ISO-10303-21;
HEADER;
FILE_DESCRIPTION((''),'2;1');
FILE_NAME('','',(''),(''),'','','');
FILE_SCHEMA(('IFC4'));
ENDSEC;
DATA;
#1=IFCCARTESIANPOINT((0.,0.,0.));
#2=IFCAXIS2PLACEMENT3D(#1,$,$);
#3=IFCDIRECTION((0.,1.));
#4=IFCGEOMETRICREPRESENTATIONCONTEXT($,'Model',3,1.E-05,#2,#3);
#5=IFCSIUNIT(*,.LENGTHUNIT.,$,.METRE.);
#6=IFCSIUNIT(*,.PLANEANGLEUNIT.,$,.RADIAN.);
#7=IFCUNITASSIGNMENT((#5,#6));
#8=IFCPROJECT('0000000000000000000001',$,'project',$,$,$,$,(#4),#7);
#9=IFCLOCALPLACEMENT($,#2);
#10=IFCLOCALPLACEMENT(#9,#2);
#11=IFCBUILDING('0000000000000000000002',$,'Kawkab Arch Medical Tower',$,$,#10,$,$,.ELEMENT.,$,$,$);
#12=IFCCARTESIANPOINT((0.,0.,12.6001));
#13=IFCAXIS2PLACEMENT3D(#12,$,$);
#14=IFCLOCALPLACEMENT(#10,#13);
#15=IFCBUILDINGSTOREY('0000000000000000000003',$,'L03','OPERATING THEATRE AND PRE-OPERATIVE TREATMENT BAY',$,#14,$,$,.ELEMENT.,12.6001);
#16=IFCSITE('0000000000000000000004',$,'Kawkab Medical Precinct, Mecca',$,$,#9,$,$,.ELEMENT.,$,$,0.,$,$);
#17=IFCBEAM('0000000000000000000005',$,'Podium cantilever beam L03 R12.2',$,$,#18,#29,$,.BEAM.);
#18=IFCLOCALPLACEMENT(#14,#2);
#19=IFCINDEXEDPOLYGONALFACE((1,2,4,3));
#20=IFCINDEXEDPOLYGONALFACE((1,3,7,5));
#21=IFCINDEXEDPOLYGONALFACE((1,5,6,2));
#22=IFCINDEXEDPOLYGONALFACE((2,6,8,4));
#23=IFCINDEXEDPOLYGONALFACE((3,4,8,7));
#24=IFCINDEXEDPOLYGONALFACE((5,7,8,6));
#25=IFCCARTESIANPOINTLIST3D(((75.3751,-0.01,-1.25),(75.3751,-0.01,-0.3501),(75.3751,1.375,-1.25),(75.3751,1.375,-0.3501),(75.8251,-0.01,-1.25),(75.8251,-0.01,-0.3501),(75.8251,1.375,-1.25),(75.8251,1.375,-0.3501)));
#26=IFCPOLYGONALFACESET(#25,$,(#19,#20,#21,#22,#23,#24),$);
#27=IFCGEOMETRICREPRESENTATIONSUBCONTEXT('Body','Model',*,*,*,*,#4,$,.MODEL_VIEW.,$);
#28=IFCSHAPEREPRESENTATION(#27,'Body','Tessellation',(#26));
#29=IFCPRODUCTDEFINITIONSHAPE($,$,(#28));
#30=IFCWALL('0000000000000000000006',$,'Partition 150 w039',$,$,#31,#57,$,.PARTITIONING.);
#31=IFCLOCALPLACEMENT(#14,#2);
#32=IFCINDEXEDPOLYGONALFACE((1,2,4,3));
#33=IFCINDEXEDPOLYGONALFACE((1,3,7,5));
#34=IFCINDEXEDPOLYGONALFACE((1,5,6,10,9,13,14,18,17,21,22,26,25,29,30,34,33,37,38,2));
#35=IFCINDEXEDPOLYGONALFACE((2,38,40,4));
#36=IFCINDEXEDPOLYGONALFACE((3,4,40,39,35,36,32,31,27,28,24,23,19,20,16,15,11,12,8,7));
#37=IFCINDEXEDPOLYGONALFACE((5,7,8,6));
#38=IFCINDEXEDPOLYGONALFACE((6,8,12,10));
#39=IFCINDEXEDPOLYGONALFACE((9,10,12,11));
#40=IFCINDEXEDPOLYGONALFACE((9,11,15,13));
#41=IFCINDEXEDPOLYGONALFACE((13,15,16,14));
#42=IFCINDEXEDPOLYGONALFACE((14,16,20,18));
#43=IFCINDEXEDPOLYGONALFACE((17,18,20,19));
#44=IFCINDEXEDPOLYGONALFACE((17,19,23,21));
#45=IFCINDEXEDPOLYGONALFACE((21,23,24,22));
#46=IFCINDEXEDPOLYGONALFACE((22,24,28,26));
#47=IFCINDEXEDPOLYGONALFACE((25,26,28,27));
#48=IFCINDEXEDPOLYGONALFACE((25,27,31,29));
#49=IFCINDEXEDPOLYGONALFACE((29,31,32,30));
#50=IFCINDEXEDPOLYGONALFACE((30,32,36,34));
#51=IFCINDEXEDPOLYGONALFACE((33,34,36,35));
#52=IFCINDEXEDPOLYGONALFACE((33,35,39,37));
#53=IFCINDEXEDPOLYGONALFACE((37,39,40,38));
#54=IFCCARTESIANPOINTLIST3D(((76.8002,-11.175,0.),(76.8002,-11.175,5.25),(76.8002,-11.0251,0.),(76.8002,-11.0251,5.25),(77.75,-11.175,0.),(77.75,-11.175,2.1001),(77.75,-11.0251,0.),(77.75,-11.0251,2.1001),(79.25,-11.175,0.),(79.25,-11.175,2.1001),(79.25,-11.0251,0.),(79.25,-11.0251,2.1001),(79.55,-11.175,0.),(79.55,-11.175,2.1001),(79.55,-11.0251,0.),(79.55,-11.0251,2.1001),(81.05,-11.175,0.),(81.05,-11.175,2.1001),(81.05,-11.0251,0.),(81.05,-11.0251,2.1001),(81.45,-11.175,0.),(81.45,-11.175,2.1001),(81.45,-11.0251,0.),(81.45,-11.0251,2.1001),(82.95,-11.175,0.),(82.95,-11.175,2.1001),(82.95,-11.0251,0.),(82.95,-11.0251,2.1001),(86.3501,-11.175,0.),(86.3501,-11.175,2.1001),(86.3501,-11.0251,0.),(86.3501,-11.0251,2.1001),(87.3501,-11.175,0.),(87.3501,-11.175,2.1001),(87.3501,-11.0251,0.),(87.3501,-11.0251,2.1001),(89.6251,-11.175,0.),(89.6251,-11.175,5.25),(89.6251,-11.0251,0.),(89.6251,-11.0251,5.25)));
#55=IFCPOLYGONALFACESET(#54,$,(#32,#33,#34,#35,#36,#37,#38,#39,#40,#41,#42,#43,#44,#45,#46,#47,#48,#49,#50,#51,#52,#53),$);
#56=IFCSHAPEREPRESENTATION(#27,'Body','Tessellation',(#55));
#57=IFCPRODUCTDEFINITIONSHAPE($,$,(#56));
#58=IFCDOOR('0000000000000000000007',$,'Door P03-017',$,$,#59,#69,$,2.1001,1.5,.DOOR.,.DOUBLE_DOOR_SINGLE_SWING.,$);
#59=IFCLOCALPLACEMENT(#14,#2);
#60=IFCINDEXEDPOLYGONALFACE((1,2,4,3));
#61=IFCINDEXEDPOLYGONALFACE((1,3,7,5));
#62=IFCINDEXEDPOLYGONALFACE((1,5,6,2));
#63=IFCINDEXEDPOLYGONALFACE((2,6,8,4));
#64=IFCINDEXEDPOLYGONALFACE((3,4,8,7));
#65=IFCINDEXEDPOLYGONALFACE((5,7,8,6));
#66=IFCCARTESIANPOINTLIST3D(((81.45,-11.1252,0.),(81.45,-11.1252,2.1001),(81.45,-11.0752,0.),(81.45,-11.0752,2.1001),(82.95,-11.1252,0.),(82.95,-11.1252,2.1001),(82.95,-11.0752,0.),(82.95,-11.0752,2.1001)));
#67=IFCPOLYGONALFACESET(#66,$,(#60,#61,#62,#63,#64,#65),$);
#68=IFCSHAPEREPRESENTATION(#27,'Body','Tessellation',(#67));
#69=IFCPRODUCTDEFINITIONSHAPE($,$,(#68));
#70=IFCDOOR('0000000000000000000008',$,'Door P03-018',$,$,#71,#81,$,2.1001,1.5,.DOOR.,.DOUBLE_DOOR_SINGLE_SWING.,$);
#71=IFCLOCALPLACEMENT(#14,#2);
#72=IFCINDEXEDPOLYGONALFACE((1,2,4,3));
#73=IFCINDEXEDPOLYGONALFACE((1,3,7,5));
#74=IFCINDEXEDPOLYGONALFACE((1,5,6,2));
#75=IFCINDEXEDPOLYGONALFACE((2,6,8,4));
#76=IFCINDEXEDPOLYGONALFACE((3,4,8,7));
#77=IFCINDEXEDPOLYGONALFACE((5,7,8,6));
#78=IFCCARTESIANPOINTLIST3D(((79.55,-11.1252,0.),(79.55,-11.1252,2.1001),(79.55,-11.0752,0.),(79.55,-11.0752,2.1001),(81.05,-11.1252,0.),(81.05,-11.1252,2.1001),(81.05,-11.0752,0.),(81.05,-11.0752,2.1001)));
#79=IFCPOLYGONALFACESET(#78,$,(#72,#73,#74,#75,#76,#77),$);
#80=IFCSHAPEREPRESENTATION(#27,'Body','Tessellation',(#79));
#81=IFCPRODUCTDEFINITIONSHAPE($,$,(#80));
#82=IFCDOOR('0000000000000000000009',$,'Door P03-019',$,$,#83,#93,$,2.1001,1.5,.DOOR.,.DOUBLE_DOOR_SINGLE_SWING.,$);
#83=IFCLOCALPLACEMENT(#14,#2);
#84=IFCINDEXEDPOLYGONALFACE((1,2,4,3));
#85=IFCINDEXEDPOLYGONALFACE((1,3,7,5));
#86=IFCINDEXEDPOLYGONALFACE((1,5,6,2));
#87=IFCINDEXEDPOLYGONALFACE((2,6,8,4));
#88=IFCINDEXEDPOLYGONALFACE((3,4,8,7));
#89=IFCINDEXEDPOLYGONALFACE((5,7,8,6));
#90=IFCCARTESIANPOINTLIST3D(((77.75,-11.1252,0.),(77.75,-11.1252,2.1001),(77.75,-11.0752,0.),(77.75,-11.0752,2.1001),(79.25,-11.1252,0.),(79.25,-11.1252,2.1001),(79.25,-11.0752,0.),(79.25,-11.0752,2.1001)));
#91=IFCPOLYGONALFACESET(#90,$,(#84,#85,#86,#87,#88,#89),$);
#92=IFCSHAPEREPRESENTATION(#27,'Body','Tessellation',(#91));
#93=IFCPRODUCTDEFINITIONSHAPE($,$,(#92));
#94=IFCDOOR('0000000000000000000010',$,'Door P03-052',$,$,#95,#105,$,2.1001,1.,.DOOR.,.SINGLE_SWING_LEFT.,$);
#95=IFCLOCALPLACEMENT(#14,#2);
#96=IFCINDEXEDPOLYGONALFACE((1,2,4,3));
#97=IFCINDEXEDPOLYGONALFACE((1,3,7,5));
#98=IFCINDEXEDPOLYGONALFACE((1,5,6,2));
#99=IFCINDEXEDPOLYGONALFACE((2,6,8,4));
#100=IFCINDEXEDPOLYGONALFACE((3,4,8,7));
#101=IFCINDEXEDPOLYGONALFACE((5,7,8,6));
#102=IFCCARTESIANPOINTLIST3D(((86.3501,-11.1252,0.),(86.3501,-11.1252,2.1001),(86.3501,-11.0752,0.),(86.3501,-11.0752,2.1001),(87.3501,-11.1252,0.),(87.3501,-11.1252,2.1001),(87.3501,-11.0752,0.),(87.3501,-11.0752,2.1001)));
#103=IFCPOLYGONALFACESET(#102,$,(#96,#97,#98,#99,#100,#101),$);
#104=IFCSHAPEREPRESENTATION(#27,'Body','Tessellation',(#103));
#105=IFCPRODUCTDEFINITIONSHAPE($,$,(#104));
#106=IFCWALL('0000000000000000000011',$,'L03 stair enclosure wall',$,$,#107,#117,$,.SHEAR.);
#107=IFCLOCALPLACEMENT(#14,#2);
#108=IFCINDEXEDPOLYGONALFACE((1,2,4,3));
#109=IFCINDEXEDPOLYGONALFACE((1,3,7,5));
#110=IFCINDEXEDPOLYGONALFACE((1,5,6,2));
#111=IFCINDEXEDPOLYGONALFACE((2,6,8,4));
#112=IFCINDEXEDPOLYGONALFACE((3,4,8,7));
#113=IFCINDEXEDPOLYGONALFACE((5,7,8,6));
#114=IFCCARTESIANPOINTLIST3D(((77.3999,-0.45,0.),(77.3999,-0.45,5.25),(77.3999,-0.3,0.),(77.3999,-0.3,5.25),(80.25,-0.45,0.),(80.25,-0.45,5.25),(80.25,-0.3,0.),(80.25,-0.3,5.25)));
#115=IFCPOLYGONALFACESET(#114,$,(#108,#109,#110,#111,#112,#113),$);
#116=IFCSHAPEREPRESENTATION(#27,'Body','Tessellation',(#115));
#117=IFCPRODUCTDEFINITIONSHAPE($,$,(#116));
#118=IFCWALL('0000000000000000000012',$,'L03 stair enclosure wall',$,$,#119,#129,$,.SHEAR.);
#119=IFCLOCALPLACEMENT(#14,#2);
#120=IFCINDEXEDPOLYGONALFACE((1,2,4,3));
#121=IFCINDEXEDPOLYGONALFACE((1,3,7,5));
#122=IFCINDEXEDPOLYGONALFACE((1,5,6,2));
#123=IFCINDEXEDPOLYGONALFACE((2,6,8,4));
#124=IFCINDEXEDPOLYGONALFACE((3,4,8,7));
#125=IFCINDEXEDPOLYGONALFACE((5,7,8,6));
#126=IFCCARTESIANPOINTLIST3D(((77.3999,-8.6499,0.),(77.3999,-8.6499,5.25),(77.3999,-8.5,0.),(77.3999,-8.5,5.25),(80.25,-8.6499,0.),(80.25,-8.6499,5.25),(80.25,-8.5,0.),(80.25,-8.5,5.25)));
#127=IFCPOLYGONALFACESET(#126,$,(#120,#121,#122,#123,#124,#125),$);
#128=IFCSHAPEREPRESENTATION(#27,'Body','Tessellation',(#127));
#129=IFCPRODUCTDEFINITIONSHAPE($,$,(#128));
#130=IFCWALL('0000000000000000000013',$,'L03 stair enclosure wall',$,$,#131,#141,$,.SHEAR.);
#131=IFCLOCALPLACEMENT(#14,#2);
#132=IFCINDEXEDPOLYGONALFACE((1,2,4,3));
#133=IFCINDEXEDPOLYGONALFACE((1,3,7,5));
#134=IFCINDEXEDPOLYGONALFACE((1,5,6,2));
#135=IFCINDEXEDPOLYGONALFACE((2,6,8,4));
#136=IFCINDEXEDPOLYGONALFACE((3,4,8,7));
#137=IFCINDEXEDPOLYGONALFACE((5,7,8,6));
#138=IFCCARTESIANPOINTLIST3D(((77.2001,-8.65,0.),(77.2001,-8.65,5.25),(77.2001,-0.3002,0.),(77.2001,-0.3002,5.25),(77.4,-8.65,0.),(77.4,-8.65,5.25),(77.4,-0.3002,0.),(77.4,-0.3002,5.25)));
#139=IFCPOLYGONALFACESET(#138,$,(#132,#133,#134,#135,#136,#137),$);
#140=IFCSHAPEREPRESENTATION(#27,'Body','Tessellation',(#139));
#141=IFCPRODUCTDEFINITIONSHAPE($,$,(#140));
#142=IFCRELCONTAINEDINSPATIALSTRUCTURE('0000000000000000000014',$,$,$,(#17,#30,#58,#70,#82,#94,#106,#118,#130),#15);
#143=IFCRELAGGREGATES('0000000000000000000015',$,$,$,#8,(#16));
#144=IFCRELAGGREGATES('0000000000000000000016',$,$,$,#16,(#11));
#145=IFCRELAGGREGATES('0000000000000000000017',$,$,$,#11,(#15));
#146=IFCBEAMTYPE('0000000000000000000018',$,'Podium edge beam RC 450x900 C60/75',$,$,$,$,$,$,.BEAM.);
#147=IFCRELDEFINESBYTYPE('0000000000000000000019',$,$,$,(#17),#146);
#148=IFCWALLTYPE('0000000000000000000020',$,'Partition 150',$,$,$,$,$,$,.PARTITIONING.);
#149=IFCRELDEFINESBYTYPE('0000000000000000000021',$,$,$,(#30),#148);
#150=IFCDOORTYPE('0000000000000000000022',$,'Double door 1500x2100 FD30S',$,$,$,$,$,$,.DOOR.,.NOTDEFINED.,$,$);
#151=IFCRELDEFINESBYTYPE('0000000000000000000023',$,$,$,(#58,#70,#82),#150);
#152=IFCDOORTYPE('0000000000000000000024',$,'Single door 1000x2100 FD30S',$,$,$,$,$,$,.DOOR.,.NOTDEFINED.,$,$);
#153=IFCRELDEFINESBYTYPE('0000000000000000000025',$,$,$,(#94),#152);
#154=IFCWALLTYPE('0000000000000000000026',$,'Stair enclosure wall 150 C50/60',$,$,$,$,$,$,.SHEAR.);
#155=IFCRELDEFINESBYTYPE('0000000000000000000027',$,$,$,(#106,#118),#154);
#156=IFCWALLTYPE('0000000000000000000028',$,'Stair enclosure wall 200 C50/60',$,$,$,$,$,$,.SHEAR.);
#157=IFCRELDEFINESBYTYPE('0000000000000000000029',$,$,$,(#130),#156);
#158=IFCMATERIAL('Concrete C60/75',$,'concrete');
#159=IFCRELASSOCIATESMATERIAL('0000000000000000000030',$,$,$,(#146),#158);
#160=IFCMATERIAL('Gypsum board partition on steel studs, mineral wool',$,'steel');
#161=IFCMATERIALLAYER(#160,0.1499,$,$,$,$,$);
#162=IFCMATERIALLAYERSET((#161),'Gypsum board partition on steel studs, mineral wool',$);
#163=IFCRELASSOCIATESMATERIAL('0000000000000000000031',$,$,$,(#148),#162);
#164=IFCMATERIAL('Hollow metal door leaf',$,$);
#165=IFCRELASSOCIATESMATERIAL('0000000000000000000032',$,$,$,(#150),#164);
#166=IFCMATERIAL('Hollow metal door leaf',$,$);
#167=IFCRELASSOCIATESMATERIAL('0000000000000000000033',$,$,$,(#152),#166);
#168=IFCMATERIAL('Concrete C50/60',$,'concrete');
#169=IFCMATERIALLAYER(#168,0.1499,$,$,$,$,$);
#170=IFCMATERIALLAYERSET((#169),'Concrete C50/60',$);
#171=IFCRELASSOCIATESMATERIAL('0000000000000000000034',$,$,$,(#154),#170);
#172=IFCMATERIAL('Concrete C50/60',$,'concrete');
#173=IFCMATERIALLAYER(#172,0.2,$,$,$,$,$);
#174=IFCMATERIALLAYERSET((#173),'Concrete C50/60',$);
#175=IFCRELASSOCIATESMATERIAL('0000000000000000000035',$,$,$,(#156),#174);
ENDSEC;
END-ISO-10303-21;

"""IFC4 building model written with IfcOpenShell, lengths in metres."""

from ifc_helpers import new_model, si_unit, direction, frame, frame_2d, origin, origin_2d, place, context, subcontext, project, spatial, rectangle, extrude, material, layer, layer_set, material_profile, profile_set, type_object, element, fill, save


model = new_model("IFC4")

# Units and contexts
model_context = context("Model", 3, precision=1e-05, world=origin(), true_north=direction((0.0, 1.0)))
body_context = subcontext(model_context, "Body", "Model", "MODEL_VIEW")
ifc_project = project(units=[si_unit("LENGTHUNIT", "METRE"), si_unit("PLANEANGLEUNIT", "RADIAN")], contexts=[model_context])

# Site, building, storey
site_placement = place(None, origin())
site = spatial("IfcSite", under=ifc_project, at=site_placement, Name="Kawkab Medical Precinct, Mecca", CompositionType="ELEMENT", RefElevation=0.0)
building_placement = place(site_placement, origin())
building = spatial("IfcBuilding", under=site, at=building_placement, Name="Kawkab Arch Medical Tower", CompositionType="ELEMENT")
storey_placement = place(building_placement, frame((0.0, 0.0, 12.6001)))
storey = spatial("IfcBuildingStorey", under=building, at=storey_placement, Name="L03", Description="OPERATING THEATRE AND PRE-OPERATIVE TREATMENT BAY", CompositionType="ELEMENT", Elevation=12.6001)

# Beam
ifc_material_1 = material(Name="Concrete C60/75", Category="concrete")
ifc_material_profile = material_profile(ifc_material_1, rectangle(XDim=0.45, YDim=0.8999, at=origin_2d()), Name="RC 450x900")
ifc_profile_set = profile_set([ifc_material_profile], Name="Concrete C60/75")
beam_type = type_object("IfcBeamType", Name="Podium edge beam RC 450x900 C60/75", PredefinedType="BEAM", material=ifc_profile_set)
beam_placement = place(storey_placement, frame((75.6001, -0.01, -0.8), z_axis=(0.0, 1.0, 0.0), x_axis=(-1.0, 0.0, 0.0)))
element("IfcBeam", 1, at=beam_placement, inside=storey, type_object=beam_type, Name="Podium cantilever beam L03 R12.2", PredefinedType="BEAM", context=body_context, shape_type="SweptSolid", body=[
    extrude(rectangle(XDim=0.45, YDim=0.8999, at=origin_2d()), origin(), (0.0, 0.0, 1.0), 1.385),
])

# Wall, openings, doors
ifc_material_2 = material(Name="Gypsum board partition on steel studs, mineral wool", Category="steel")
ifc_layer_1 = layer(ifc_material_2, 0.1499)
ifc_layer_set_1 = layer_set([ifc_layer_1], Name="Gypsum board partition on steel studs, mineral wool")
wall_type_1 = type_object("IfcWallType", Name="Partition 150", PredefinedType="PARTITIONING", material=ifc_layer_set_1)
wall_1_placement = place(storey_placement, frame((76.8, -11.1001, 0.0), z_axis=(0.0, 0.0, 1.0), x_axis=(1.0, 0.0, 0.0)))
wall_1 = element("IfcWall", 2, at=wall_1_placement, inside=storey, type_object=wall_type_1, Name="Partition 150 w039", PredefinedType="PARTITIONING", context=body_context, shape_type="SweptSolid", body=[
    extrude(rectangle(XDim=12.825, YDim=0.1499, at=frame_2d((6.4126, 0.0))), origin(), (0.0, 0.0, 1.0), 5.25),
])
opening_1_placement = place(wall_1_placement, frame((4.6499, 0.0, 0.0)))
opening_1 = element("IfcOpeningElement", 3, at=opening_1_placement, cuts=wall_1, PredefinedType="OPENING", context=body_context, shape_type="SweptSolid", body=[
    extrude(rectangle(XDim=1.5, YDim=2.1001, at=frame_2d((0.75, 1.05))), frame((0.0, 0.085, 0.0), z_axis=(0.0, -1.0, 0.0), x_axis=(1.0, 0.0, 0.0)), (0.0, 0.0, 1.0), 0.1699),
])
opening_2_placement = place(wall_1_placement, frame((2.75, 0.0, 0.0)))
opening_2 = element("IfcOpeningElement", 4, at=opening_2_placement, cuts=wall_1, PredefinedType="OPENING", context=body_context, shape_type="SweptSolid", body=[
    extrude(rectangle(XDim=1.5, YDim=2.1001, at=frame_2d((0.75, 1.05))), frame((0.0, 0.085, 0.0), z_axis=(0.0, -1.0, 0.0), x_axis=(1.0, 0.0, 0.0)), (0.0, 0.0, 1.0), 0.1699),
])
opening_3_placement = place(wall_1_placement, frame((0.95, 0.0, 0.0)))
opening_3 = element("IfcOpeningElement", 5, at=opening_3_placement, cuts=wall_1, PredefinedType="OPENING", context=body_context, shape_type="SweptSolid", body=[
    extrude(rectangle(XDim=1.5, YDim=2.1001, at=frame_2d((0.75, 1.05))), frame((0.0, 0.085, 0.0), z_axis=(0.0, -1.0, 0.0), x_axis=(1.0, 0.0, 0.0)), (0.0, 0.0, 1.0), 0.1699),
])
opening_4_placement = place(wall_1_placement, frame((9.55, 0.0, 0.0)))
opening_4 = element("IfcOpeningElement", 6, at=opening_4_placement, cuts=wall_1, PredefinedType="OPENING", context=body_context, shape_type="SweptSolid", body=[
    extrude(rectangle(XDim=1.0, YDim=2.1001, at=frame_2d((0.5, 1.05))), frame((0.0, 0.085, 0.0), z_axis=(0.0, -1.0, 0.0), x_axis=(1.0, 0.0, 0.0)), (0.0, 0.0, 1.0), 0.1699),
])
ifc_material_3 = material(Name="Hollow metal door leaf")
door_type_1 = type_object("IfcDoorType", Name="Double door 1500x2100 FD30S", OperationType="NOTDEFINED", PredefinedType="DOOR", material=ifc_material_3)
door_1_placement = place(opening_1_placement, origin())
door_1 = element("IfcDoor", 7, at=door_1_placement, inside=storey, type_object=door_type_1, Name="Door P03-017", OperationType="DOUBLE_DOOR_SINGLE_SWING", OverallHeight=2.1001, OverallWidth=1.5, PredefinedType="DOOR", context=body_context, shape_type="SweptSolid", body=[
    extrude(rectangle(XDim=1.5, YDim=2.1001, at=frame_2d((0.75, 1.05))), frame((0.0, 0.0249, 0.0), z_axis=(0.0, -1.0, 0.0), x_axis=(1.0, 0.0, 0.0)), (0.0, 0.0, 1.0), 0.05),
])
fill(opening_1, door_1)
door_2_placement = place(opening_2_placement, origin())
door_2 = element("IfcDoor", 8, at=door_2_placement, inside=storey, type_object=door_type_1, Name="Door P03-018", OperationType="DOUBLE_DOOR_SINGLE_SWING", OverallHeight=2.1001, OverallWidth=1.5, PredefinedType="DOOR", context=body_context, shape_type="SweptSolid", body=[
    extrude(rectangle(XDim=1.5, YDim=2.1001, at=frame_2d((0.75, 1.05))), frame((0.0, 0.0249, 0.0), z_axis=(0.0, -1.0, 0.0), x_axis=(1.0, 0.0, 0.0)), (0.0, 0.0, 1.0), 0.05),
])
fill(opening_2, door_2)
door_3_placement = place(opening_3_placement, origin())
door_3 = element("IfcDoor", 9, at=door_3_placement, inside=storey, type_object=door_type_1, Name="Door P03-019", OperationType="DOUBLE_DOOR_SINGLE_SWING", OverallHeight=2.1001, OverallWidth=1.5, PredefinedType="DOOR", context=body_context, shape_type="SweptSolid", body=[
    extrude(rectangle(XDim=1.5, YDim=2.1001, at=frame_2d((0.75, 1.05))), frame((0.0, 0.0249, 0.0), z_axis=(0.0, -1.0, 0.0), x_axis=(1.0, 0.0, 0.0)), (0.0, 0.0, 1.0), 0.05),
])
fill(opening_3, door_3)
ifc_material_4 = material(Name="Hollow metal door leaf")
door_type_2 = type_object("IfcDoorType", Name="Single door 1000x2100 FD30S", OperationType="NOTDEFINED", PredefinedType="DOOR", material=ifc_material_4)
door_4_placement = place(opening_4_placement, origin())
door_4 = element("IfcDoor", 10, at=door_4_placement, inside=storey, type_object=door_type_2, Name="Door P03-052", OperationType="SINGLE_SWING_LEFT", OverallHeight=2.1001, OverallWidth=1.0, PredefinedType="DOOR", context=body_context, shape_type="SweptSolid", body=[
    extrude(rectangle(XDim=1.0, YDim=2.1001, at=frame_2d((0.5, 1.05))), frame((0.0, 0.0249, 0.0), z_axis=(0.0, -1.0, 0.0), x_axis=(1.0, 0.0, 0.0)), (0.0, 0.0, 1.0), 0.05),
])
fill(opening_4, door_4)

# Walls
ifc_material_5 = material(Name="Concrete C50/60", Category="concrete")
ifc_layer_2 = layer(ifc_material_5, 0.1499)
ifc_layer_set_2 = layer_set([ifc_layer_2], Name="Concrete C50/60")
wall_type_2 = type_object("IfcWallType", Name="Stair enclosure wall 150 C50/60", PredefinedType="SHEAR", material=ifc_layer_set_2)
for number, where, z_axis, x_axis, name in (
    (11, (77.3999, -0.375, 0.0), (0.0, 0.0, 1.0), (1.0, 0.0, 0.0), "L03 stair enclosure wall"),
    (12, (77.3999, -8.575, 0.0), (0.0, 0.0, 1.0), (1.0, 0.0, 0.0), "L03 stair enclosure wall"),
):
    element("IfcWall", number, at=place(storey_placement, frame(where, z_axis=z_axis, x_axis=x_axis)), inside=storey, type_object=wall_type_2, Name=name, PredefinedType="SHEAR", context=body_context, shape_type="SweptSolid", body=[
        extrude(rectangle(XDim=2.8501, YDim=0.1499, at=frame_2d((1.425, 0.0))), origin(), (0.0, 0.0, 1.0), 5.25),
    ])
ifc_material_6 = material(Name="Concrete C50/60", Category="concrete")
ifc_layer_3 = layer(ifc_material_6, 0.2)
ifc_layer_set_3 = layer_set([ifc_layer_3], Name="Concrete C50/60")
wall_type_3 = type_object("IfcWallType", Name="Stair enclosure wall 200 C50/60", PredefinedType="SHEAR", material=ifc_layer_set_3)
wall_2_placement = place(storey_placement, frame((77.3, -8.6499, 0.0), z_axis=(0.0, 0.0, 1.0), x_axis=(0.0, 1.0, 0.0)))
element("IfcWall", 13, at=wall_2_placement, inside=storey, type_object=wall_type_3, Name="L03 stair enclosure wall", PredefinedType="SHEAR", context=body_context, shape_type="SweptSolid", body=[
    extrude(rectangle(XDim=8.3499, YDim=0.2, at=frame_2d((4.1748, 0.0))), origin(), (0.0, 0.0, 1.0), 5.25),
])

save(model, "model.ifc")
